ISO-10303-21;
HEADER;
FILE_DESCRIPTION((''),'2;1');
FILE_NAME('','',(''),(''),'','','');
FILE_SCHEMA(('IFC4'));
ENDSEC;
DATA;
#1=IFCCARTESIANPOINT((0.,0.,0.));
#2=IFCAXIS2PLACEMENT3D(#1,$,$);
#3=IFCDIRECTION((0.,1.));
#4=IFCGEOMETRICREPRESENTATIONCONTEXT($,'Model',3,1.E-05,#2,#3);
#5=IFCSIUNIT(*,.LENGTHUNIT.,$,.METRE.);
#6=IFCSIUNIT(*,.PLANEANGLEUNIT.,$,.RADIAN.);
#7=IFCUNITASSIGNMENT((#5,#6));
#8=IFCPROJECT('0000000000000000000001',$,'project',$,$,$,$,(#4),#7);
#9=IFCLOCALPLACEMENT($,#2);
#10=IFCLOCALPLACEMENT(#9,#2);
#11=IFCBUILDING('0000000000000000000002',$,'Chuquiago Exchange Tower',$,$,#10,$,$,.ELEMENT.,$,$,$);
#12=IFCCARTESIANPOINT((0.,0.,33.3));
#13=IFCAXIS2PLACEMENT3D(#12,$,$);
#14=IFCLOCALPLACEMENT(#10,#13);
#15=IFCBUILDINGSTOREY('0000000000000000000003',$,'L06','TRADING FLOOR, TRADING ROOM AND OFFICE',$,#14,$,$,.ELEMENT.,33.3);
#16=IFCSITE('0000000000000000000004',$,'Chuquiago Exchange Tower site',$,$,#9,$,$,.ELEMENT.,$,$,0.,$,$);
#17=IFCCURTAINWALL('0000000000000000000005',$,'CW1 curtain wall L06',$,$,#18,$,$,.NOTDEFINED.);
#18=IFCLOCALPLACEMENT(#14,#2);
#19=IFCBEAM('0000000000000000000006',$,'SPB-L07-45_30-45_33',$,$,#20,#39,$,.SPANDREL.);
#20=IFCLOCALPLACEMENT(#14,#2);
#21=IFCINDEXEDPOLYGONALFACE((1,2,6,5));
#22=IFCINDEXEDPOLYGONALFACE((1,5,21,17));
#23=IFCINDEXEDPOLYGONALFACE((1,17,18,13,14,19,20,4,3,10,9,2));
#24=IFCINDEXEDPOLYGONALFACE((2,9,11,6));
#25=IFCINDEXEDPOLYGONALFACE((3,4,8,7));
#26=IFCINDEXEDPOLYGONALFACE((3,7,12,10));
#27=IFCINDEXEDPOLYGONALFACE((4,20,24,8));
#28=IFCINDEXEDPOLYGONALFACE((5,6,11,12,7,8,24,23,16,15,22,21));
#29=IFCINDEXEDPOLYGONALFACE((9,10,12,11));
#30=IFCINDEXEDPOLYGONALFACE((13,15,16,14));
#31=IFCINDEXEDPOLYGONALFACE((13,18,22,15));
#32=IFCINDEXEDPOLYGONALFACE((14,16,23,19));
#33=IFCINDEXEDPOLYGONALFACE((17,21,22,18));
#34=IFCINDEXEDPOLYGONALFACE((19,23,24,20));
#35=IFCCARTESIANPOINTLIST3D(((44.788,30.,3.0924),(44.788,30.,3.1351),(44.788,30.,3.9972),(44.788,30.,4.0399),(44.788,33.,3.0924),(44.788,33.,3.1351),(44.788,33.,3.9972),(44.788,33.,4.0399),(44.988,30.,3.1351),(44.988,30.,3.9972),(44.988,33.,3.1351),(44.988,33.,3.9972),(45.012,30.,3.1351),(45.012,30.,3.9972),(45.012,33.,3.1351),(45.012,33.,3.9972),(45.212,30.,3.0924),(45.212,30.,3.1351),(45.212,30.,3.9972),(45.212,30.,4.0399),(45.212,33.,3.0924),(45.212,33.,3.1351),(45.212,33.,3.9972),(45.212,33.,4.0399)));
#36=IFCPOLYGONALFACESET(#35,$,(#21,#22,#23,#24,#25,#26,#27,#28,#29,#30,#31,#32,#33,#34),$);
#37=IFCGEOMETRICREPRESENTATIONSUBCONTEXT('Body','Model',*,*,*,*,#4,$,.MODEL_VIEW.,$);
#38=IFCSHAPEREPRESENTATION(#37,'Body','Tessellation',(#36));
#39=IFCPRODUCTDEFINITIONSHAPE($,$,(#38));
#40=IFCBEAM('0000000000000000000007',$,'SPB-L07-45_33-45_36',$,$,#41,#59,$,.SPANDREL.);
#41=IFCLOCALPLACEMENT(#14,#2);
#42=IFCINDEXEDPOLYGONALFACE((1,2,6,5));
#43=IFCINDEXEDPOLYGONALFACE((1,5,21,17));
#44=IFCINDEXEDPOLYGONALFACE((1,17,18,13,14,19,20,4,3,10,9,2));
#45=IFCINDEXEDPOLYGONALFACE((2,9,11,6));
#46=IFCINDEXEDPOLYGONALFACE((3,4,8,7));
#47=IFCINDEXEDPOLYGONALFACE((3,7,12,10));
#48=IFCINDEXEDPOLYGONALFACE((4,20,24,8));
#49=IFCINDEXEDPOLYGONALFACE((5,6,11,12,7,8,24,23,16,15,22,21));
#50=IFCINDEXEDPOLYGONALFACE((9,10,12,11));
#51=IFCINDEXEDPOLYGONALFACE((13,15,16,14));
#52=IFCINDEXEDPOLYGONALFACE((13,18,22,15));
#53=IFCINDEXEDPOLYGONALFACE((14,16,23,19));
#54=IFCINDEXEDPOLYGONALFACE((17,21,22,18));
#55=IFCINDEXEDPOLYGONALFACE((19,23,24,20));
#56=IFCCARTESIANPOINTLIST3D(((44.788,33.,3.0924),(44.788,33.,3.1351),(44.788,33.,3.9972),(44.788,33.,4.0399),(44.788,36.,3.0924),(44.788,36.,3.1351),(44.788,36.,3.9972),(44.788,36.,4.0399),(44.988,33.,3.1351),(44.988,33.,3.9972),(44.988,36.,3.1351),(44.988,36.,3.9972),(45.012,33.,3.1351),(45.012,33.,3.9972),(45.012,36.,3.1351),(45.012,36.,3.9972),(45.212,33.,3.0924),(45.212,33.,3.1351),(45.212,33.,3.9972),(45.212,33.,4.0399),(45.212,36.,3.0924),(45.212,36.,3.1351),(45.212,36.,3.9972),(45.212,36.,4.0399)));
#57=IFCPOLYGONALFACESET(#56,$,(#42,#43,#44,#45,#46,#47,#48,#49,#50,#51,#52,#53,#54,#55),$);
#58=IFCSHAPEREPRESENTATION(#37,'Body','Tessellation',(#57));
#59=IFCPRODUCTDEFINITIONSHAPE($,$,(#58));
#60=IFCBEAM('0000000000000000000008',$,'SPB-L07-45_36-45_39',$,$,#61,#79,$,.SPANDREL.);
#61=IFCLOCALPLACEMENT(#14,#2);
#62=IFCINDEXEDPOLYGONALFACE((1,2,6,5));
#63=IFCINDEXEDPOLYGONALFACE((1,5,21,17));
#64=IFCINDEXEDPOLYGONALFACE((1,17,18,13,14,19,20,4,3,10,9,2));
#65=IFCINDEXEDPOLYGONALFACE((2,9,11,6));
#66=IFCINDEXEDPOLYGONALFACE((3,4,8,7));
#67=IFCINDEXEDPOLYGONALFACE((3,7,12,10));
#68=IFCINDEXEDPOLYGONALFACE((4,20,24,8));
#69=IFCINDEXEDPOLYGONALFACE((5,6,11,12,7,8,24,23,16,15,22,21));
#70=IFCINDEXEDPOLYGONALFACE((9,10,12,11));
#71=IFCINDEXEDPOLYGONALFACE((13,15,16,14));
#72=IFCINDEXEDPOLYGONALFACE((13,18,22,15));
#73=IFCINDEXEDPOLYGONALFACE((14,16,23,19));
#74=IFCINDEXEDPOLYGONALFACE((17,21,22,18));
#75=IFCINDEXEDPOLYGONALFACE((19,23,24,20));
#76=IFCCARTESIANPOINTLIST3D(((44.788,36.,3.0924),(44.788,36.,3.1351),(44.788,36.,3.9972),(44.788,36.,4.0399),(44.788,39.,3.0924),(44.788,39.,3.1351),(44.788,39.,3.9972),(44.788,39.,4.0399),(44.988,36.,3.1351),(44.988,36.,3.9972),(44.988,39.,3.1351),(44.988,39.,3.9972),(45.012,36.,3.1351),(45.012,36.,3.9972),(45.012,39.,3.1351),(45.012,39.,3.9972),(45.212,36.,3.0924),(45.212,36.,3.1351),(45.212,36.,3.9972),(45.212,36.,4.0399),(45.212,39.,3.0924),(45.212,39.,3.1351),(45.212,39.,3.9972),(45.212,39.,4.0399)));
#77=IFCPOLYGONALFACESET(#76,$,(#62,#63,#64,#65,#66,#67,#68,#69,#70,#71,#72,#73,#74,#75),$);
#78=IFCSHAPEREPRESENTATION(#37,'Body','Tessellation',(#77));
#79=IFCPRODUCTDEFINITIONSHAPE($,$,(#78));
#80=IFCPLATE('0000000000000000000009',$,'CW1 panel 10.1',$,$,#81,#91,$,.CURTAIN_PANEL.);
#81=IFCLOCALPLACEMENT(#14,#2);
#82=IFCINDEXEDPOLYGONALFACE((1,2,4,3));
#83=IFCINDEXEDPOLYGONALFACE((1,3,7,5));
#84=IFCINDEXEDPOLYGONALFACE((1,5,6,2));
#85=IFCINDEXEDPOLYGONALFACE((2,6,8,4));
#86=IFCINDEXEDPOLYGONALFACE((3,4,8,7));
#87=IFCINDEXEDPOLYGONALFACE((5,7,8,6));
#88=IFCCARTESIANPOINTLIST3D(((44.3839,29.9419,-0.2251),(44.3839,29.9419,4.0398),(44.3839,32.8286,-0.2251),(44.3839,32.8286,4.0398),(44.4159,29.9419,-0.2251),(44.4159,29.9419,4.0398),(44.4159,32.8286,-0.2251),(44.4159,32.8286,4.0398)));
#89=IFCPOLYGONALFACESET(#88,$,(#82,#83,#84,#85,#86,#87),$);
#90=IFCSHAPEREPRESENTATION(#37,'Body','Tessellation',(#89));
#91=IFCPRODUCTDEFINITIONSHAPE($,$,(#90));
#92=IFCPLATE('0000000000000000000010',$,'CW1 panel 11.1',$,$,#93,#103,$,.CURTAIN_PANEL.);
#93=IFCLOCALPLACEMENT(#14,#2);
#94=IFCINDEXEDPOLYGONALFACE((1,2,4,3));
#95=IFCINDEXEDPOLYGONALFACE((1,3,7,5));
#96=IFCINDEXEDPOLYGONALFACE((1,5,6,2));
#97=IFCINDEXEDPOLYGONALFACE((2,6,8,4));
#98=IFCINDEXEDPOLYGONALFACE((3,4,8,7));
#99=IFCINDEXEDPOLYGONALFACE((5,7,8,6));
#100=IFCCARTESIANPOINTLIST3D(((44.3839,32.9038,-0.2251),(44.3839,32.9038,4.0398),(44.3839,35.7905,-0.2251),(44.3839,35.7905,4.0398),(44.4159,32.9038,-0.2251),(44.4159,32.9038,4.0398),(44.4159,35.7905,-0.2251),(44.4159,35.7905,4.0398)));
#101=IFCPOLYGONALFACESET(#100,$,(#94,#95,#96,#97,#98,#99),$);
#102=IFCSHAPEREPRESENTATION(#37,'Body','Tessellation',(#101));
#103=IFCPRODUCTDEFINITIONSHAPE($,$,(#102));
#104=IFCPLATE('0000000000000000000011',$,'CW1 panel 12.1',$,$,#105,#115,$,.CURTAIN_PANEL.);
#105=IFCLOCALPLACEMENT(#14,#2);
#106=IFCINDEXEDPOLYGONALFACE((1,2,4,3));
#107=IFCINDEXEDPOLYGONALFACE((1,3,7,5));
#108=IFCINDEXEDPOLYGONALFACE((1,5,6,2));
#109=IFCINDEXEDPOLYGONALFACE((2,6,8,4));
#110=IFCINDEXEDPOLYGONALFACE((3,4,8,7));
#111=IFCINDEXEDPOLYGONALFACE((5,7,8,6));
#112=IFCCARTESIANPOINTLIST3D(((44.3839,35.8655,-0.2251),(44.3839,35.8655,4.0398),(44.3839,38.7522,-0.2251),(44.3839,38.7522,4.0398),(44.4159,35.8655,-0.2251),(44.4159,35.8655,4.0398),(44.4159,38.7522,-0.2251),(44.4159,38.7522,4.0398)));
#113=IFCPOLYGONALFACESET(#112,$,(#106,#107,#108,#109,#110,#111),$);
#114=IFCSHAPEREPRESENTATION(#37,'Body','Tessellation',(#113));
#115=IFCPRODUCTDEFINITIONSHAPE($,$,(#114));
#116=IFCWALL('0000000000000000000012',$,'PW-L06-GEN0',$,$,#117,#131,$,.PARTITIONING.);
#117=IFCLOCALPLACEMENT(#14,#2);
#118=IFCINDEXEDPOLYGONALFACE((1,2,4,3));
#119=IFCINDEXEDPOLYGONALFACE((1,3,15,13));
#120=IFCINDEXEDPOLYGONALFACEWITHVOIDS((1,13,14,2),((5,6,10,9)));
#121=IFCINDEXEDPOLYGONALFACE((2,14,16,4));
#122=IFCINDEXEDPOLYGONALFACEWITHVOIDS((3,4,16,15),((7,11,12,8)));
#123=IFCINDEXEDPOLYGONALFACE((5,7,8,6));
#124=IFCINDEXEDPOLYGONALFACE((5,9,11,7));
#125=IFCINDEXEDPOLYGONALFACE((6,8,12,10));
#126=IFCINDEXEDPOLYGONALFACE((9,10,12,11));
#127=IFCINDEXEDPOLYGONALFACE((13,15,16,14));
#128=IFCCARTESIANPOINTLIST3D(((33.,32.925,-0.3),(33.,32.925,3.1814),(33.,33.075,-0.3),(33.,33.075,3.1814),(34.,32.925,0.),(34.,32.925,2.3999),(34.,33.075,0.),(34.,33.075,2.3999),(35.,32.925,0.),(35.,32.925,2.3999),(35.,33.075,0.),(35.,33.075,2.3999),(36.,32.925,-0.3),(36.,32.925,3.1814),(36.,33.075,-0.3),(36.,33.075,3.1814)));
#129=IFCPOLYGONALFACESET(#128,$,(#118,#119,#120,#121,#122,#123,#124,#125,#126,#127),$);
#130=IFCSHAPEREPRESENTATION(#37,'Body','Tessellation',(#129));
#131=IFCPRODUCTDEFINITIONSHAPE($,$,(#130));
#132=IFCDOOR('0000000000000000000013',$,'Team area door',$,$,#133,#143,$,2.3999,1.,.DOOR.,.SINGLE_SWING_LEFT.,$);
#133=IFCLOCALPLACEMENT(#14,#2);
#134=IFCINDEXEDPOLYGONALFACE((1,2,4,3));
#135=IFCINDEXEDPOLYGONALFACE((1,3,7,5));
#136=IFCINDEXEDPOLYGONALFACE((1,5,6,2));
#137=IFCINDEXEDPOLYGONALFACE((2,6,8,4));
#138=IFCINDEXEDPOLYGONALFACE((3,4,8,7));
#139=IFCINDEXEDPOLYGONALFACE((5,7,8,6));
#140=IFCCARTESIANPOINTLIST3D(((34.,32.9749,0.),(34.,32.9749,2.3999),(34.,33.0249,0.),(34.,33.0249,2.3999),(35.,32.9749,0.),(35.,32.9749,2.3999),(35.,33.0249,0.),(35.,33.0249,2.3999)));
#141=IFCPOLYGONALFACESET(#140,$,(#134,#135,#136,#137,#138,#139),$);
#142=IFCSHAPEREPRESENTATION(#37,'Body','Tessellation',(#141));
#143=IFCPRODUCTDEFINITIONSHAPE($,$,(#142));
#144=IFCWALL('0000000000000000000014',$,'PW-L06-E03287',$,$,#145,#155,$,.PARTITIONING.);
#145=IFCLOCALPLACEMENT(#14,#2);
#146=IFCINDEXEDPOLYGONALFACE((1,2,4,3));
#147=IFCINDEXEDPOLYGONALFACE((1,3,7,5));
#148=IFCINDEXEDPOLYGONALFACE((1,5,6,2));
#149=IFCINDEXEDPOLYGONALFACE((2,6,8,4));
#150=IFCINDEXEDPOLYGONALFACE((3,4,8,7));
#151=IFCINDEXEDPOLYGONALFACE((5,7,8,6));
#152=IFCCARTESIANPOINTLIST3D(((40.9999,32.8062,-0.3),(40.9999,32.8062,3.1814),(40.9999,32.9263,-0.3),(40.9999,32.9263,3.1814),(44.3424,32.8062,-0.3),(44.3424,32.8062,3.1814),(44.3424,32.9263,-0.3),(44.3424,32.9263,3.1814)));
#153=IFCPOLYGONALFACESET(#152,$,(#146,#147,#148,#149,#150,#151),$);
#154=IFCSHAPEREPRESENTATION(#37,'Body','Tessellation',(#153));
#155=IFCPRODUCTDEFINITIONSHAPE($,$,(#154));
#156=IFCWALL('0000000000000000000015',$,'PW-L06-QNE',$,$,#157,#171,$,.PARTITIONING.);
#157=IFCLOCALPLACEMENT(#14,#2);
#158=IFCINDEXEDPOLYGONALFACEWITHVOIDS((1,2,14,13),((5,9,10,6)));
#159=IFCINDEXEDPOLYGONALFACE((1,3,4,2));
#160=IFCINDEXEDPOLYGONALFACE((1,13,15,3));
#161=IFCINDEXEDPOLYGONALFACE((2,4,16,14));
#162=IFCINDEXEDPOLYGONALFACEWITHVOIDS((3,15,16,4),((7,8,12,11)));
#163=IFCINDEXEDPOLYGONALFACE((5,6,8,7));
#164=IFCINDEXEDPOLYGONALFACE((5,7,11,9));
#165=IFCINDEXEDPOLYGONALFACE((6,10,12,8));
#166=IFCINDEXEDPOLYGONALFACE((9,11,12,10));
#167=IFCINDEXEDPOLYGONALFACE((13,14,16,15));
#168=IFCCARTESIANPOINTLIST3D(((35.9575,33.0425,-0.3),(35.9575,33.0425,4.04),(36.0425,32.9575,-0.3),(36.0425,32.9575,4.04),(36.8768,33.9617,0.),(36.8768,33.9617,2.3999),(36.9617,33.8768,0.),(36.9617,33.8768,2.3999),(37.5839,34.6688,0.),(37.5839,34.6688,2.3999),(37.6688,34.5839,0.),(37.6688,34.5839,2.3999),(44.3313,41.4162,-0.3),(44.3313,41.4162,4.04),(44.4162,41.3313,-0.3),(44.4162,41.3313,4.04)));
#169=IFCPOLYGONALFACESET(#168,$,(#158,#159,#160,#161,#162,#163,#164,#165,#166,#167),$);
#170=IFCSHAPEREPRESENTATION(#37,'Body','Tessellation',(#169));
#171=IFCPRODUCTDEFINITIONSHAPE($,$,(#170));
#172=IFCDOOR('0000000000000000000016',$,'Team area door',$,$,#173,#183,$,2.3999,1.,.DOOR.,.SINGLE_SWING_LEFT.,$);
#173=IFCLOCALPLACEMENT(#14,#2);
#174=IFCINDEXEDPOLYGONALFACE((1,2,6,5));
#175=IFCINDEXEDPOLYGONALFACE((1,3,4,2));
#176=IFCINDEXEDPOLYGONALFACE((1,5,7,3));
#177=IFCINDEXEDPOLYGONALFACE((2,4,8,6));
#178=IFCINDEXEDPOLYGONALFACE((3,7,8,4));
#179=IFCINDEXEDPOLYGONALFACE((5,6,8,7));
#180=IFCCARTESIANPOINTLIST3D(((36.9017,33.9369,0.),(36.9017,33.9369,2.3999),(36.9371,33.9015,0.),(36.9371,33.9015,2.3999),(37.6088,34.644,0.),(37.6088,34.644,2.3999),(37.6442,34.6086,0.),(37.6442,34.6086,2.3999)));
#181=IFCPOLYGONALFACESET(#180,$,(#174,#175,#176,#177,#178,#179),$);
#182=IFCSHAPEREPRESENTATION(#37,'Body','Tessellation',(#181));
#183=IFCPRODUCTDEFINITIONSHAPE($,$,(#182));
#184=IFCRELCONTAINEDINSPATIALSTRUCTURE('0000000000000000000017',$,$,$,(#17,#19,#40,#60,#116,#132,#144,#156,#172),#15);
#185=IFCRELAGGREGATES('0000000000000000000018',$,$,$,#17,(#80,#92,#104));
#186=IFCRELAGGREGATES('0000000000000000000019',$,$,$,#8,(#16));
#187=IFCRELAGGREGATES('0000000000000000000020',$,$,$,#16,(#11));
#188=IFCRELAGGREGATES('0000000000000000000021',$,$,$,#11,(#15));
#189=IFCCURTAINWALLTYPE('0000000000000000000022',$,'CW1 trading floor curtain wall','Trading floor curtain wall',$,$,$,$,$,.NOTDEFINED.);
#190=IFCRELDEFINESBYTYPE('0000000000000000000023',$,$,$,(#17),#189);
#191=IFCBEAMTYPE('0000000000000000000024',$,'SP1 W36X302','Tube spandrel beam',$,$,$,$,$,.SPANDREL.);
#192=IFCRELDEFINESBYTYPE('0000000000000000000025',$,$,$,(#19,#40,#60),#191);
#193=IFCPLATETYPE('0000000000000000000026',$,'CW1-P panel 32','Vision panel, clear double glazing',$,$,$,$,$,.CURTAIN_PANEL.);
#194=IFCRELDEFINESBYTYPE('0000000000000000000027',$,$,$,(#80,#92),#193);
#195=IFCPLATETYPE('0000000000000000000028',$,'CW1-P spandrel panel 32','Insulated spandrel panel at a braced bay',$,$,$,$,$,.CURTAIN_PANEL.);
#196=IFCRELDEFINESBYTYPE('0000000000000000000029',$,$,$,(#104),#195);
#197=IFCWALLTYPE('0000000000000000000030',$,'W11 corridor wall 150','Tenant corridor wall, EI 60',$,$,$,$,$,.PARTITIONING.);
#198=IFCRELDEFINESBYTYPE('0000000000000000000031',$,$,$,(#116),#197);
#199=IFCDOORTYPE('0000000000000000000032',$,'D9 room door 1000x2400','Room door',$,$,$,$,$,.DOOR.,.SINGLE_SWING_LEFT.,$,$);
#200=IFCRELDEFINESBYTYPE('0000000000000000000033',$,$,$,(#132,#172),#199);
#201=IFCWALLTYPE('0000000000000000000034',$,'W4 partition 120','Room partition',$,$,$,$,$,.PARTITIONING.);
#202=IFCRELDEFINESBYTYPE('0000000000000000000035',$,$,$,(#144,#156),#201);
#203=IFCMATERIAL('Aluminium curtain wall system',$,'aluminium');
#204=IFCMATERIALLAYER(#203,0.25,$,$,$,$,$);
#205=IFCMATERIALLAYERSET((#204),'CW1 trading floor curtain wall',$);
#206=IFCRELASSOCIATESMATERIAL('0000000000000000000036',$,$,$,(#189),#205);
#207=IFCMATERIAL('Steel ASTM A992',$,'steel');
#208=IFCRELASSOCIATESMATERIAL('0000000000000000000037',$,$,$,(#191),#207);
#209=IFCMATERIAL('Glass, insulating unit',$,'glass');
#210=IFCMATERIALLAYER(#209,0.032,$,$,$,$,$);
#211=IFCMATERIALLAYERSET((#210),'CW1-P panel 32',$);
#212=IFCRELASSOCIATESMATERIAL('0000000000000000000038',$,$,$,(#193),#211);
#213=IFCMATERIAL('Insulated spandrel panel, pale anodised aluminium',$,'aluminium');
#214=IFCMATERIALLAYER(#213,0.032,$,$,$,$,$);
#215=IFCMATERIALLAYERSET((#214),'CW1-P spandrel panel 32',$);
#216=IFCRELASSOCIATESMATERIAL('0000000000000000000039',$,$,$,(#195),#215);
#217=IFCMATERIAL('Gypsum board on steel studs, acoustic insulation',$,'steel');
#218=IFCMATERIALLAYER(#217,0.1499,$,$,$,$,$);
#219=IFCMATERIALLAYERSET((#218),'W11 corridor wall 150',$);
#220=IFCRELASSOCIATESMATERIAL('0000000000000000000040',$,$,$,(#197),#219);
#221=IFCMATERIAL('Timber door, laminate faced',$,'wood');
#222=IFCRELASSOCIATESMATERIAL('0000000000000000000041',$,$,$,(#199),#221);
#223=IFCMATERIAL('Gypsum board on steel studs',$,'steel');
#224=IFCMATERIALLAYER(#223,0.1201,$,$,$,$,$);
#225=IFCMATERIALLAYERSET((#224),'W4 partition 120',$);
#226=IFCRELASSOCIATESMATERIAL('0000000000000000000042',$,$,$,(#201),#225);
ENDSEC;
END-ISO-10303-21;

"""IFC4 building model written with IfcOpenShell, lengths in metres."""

from ifc_helpers import new_model, si_unit, direction, frame, frame_2d, origin, origin_2d, place, context, subcontext, project, spatial, rectangle, i_section, extrude, material, layer, layer_set, material_profile, profile_set, type_object, element, fill, aggregate, save


model = new_model("IFC4")

# Units and contexts
model_context = context("Model", 3, precision=1e-05, world=origin(), true_north=direction((0.0, 1.0)))
body_context = subcontext(model_context, "Body", "Model", "MODEL_VIEW")
ifc_project = project(units=[si_unit("LENGTHUNIT", "METRE"), si_unit("PLANEANGLEUNIT", "RADIAN")], contexts=[model_context])

# Site, building, storey
site_placement = place(None, origin())
site = spatial("IfcSite", under=ifc_project, at=site_placement, Name="Chuquiago Exchange Tower site", CompositionType="ELEMENT", RefElevation=0.0)
building_placement = place(site_placement, origin())
building = spatial("IfcBuilding", under=site, at=building_placement, Name="Chuquiago Exchange Tower", CompositionType="ELEMENT")
storey_placement = place(building_placement, frame((0.0, 0.0, 33.3)))
storey = spatial("IfcBuildingStorey", under=building, at=storey_placement, Name="L06", Description="TRADING FLOOR, TRADING ROOM AND OFFICE", CompositionType="ELEMENT", Elevation=33.3)

# Curtain wall
ifc_material_1 = material(Name="Aluminium curtain wall system", Category="aluminium")
ifc_layer_1 = layer(ifc_material_1, 0.25)
ifc_layer_set_1 = layer_set([ifc_layer_1], Name="CW1 trading floor curtain wall")
curtain_wall_type = type_object("IfcCurtainWallType", Name="CW1 trading floor curtain wall", Description="Trading floor curtain wall", PredefinedType="NOTDEFINED", material=ifc_layer_set_1)
curtain_wall_placement = place(storey_placement, origin())
curtain_wall = element("IfcCurtainWall", 1, at=curtain_wall_placement, inside=storey, type_object=curtain_wall_type, Name="CW1 curtain wall L06", PredefinedType="NOTDEFINED")

# Beams
ifc_material_2 = material(Name="Steel ASTM A992", Category="steel")
ifc_material_profile_1 = material_profile(ifc_material_2, i_section(OverallWidth=0.4241, OverallDepth=0.9475, WebThickness=0.0239, FlangeThickness=0.0427, at=origin_2d()), Name="W36X302")
ifc_profile_set_1 = profile_set([ifc_material_profile_1], Name="Steel ASTM A992")
beam_type_1 = type_object("IfcBeamType", Name="SP1 W36X302", Description="Tube spandrel beam", PredefinedType="SPANDREL", material=ifc_profile_set_1)
for number, where, z_axis, x_axis, name in (
    (2, (45.0, 30.0, 3.5662), (0.0, 1.0, 0.0), (-1.0, 0.0, 0.0), "SPB-L07-45_30-45_33"),
    (3, (45.0, 33.0, 3.5662), (0.0, 1.0, 0.0), (-1.0, 0.0, 0.0), "SPB-L07-45_33-45_36"),
    (4, (45.0, 36.0, 3.5662), (0.0, 1.0, 0.0), (-1.0, 0.0, 0.0), "SPB-L07-45_36-45_39"),
):
    element("IfcBeam", number, at=place(storey_placement, frame(where, z_axis=z_axis, x_axis=x_axis)), inside=storey, type_object=beam_type_1, Name=name, PredefinedType="SPANDREL", context=body_context, shape_type="SweptSolid", body=[
        extrude(i_section(OverallWidth=0.4241, OverallDepth=0.9475, WebThickness=0.0239, FlangeThickness=0.0427, at=origin_2d()), origin(), (0.0, 0.0, 1.0), 3.0),
    ])

# Plates
ifc_material_3 = material(Name="Glass, insulating unit", Category="glass")
ifc_layer_2 = layer(ifc_material_3, 0.032)
ifc_layer_set_2 = layer_set([ifc_layer_2], Name="CW1-P panel 32")
plate_type_1 = type_object("IfcPlateType", Name="CW1-P panel 32", Description="Vision panel, clear double glazing", PredefinedType="CURTAIN_PANEL", material=ifc_layer_set_2)
plate_1_placement = place(storey_placement, frame((44.3999, 31.3853, -0.2251), z_axis=(0.0, 0.0, 1.0), x_axis=(0.0, 1.0, 0.0)))
plate_1 = element("IfcPlate", 5, at=plate_1_placement, type_object=plate_type_1, Name="CW1 panel 10.1", PredefinedType="CURTAIN_PANEL", context=body_context, shape_type="SweptSolid", body=[
    extrude(rectangle(XDim=2.8867, YDim=0.032, at=origin_2d()), origin(), (0.0, 0.0, 1.0), 4.2649),
])
plate_2_placement = place(storey_placement, frame((44.3999, 34.3472, -0.2251), z_axis=(0.0, 0.0, 1.0), x_axis=(0.0, 1.0, 0.0)))
plate_2 = element("IfcPlate", 6, at=plate_2_placement, type_object=plate_type_1, Name="CW1 panel 11.1", PredefinedType="CURTAIN_PANEL", context=body_context, shape_type="SweptSolid", body=[
    extrude(rectangle(XDim=2.8867, YDim=0.032, at=origin_2d()), origin(), (0.0, 0.0, 1.0), 4.2649),
])
ifc_material_4 = material(Name="Insulated spandrel panel, pale anodised aluminium", Category="aluminium")
ifc_layer_3 = layer(ifc_material_4, 0.032)
ifc_layer_set_3 = layer_set([ifc_layer_3], Name="CW1-P spandrel panel 32")
plate_type_2 = type_object("IfcPlateType", Name="CW1-P spandrel panel 32", Description="Insulated spandrel panel at a braced bay", PredefinedType="CURTAIN_PANEL", material=ifc_layer_set_3)
plate_3_placement = place(storey_placement, frame((44.3999, 37.3088, -0.2251), z_axis=(0.0, 0.0, 1.0), x_axis=(0.0, 1.0, 0.0)))
plate_3 = element("IfcPlate", 7, at=plate_3_placement, type_object=plate_type_2, Name="CW1 panel 12.1", PredefinedType="CURTAIN_PANEL", context=body_context, shape_type="SweptSolid", body=[
    extrude(rectangle(XDim=2.8867, YDim=0.032, at=origin_2d()), origin(), (0.0, 0.0, 1.0), 4.2649),
])
aggregate(curtain_wall, [plate_1, plate_2, plate_3])

# Wall, opening, door
ifc_material_5 = material(Name="Gypsum board on steel studs, acoustic insulation", Category="steel")
ifc_layer_4 = layer(ifc_material_5, 0.1499)
ifc_layer_set_4 = layer_set([ifc_layer_4], Name="W11 corridor wall 150")
wall_type_1 = type_object("IfcWallType", Name="W11 corridor wall 150", Description="Tenant corridor wall, EI 60", PredefinedType="PARTITIONING", material=ifc_layer_set_4)
wall_1_placement = place(storey_placement, frame((33.0, 33.0, -0.3), z_axis=(0.0, 0.0, 1.0), x_axis=(1.0, 0.0, 0.0)))
wall_1 = element("IfcWall", 8, at=wall_1_placement, inside=storey, type_object=wall_type_1, Name="PW-L06-GEN0", PredefinedType="PARTITIONING", context=body_context, shape_type="SweptSolid", body=[
    extrude(rectangle(XDim=3.0, YDim=0.1499, at=frame_2d((1.5, 0.0))), origin(), (0.0, 0.0, 1.0), 3.4814),
])
opening_1_placement = place(wall_1_placement, frame((1.0, 0.0, 0.3)))
opening_1 = element("IfcOpeningElement", 9, at=opening_1_placement, cuts=wall_1, PredefinedType="OPENING", context=body_context, shape_type="SweptSolid", body=[
    extrude(rectangle(XDim=1.0, YDim=2.3999, at=frame_2d((0.5, 1.2))), frame((0.0, 0.085, 0.0), z_axis=(0.0, -1.0, 0.0), x_axis=(1.0, 0.0, 0.0)), (0.0, 0.0, 1.0), 0.1699),
])
ifc_material_6 = material(Name="Timber door, laminate faced", Category="wood")
door_type = type_object("IfcDoorType", Name="D9 room door 1000x2400", Description="Room door", OperationType="SINGLE_SWING_LEFT", PredefinedType="DOOR", material=ifc_material_6)
door_1_placement = place(opening_1_placement, origin())
door_1 = element("IfcDoor", 10, at=door_1_placement, inside=storey, type_object=door_type, Name="Team area door", OperationType="SINGLE_SWING_LEFT", OverallHeight=2.3999, OverallWidth=1.0, PredefinedType="DOOR", context=body_context, shape_type="SweptSolid", body=[
    extrude(rectangle(XDim=1.0, YDim=2.3999, at=frame_2d((0.5, 1.2))), frame((0.0, 0.0249, 0.0), z_axis=(0.0, -1.0, 0.0), x_axis=(1.0, 0.0, 0.0)), (0.0, 0.0, 1.0), 0.05),
])
fill(opening_1, door_1)

# Wall
ifc_material_7 = material(Name="Gypsum board on steel studs", Category="steel")
ifc_layer_5 = layer(ifc_material_7, 0.1201)
ifc_layer_set_5 = layer_set([ifc_layer_5], Name="W4 partition 120")
wall_type_2 = type_object("IfcWallType", Name="W4 partition 120", Description="Room partition", PredefinedType="PARTITIONING", material=ifc_layer_set_5)
wall_2_placement = place(storey_placement, frame((44.3425, 32.8662, -0.3), z_axis=(0.0, 0.0, 1.0), x_axis=(-1.0, 0.0, 0.0)))
element("IfcWall", 11, at=wall_2_placement, inside=storey, type_object=wall_type_2, Name="PW-L06-E03287", PredefinedType="PARTITIONING", context=body_context, shape_type="SweptSolid", body=[
    extrude(rectangle(XDim=3.3425, YDim=0.1201, at=frame_2d((1.6714, 0.0))), origin(), (0.0, 0.0, 1.0), 3.4814),
])

# Wall, opening, door
wall_3_placement = place(storey_placement, frame((36.0, 33.0, -0.3), z_axis=(0.0, 0.0, 1.0), x_axis=(0.707107, 0.707107, 0.0)))
wall_3 = element("IfcWall", 12, at=wall_3_placement, inside=storey, type_object=wall_type_2, Name="PW-L06-QNE", PredefinedType="PARTITIONING", context=body_context, shape_type="SweptSolid", body=[
    extrude(rectangle(XDim=11.8423, YDim=0.1201, at=frame_2d((5.9211, 0.0))), origin(), (0.0, 0.0, 1.0), 4.3401),
])
opening_2_placement = place(wall_3_placement, frame((1.3, 0.0, 0.3)))
opening_2 = element("IfcOpeningElement", 13, at=opening_2_placement, cuts=wall_3, PredefinedType="OPENING", context=body_context, shape_type="SweptSolid", body=[
    extrude(rectangle(XDim=1.0, YDim=2.3999, at=frame_2d((0.5, 1.2))), frame((0.0, 0.0701, 0.0), z_axis=(0.0, -1.0, 0.0), x_axis=(1.0, 0.0, 0.0)), (0.0, 0.0, 1.0), 0.1401),
])
door_2_placement = place(opening_2_placement, origin())
door_2 = element("IfcDoor", 14, at=door_2_placement, inside=storey, type_object=door_type, Name="Team area door", OperationType="SINGLE_SWING_LEFT", OverallHeight=2.3999, OverallWidth=1.0, PredefinedType="DOOR", context=body_context, shape_type="SweptSolid", body=[
    extrude(rectangle(XDim=1.0, YDim=2.3999, at=frame_2d((0.5, 1.2))), frame((0.0, 0.0249, 0.0), z_axis=(0.0, -1.0, 0.0), x_axis=(1.0, 0.0, 0.0)), (0.0, 0.0, 1.0), 0.05),
])
fill(opening_2, door_2)

save(model, "model.ifc")
